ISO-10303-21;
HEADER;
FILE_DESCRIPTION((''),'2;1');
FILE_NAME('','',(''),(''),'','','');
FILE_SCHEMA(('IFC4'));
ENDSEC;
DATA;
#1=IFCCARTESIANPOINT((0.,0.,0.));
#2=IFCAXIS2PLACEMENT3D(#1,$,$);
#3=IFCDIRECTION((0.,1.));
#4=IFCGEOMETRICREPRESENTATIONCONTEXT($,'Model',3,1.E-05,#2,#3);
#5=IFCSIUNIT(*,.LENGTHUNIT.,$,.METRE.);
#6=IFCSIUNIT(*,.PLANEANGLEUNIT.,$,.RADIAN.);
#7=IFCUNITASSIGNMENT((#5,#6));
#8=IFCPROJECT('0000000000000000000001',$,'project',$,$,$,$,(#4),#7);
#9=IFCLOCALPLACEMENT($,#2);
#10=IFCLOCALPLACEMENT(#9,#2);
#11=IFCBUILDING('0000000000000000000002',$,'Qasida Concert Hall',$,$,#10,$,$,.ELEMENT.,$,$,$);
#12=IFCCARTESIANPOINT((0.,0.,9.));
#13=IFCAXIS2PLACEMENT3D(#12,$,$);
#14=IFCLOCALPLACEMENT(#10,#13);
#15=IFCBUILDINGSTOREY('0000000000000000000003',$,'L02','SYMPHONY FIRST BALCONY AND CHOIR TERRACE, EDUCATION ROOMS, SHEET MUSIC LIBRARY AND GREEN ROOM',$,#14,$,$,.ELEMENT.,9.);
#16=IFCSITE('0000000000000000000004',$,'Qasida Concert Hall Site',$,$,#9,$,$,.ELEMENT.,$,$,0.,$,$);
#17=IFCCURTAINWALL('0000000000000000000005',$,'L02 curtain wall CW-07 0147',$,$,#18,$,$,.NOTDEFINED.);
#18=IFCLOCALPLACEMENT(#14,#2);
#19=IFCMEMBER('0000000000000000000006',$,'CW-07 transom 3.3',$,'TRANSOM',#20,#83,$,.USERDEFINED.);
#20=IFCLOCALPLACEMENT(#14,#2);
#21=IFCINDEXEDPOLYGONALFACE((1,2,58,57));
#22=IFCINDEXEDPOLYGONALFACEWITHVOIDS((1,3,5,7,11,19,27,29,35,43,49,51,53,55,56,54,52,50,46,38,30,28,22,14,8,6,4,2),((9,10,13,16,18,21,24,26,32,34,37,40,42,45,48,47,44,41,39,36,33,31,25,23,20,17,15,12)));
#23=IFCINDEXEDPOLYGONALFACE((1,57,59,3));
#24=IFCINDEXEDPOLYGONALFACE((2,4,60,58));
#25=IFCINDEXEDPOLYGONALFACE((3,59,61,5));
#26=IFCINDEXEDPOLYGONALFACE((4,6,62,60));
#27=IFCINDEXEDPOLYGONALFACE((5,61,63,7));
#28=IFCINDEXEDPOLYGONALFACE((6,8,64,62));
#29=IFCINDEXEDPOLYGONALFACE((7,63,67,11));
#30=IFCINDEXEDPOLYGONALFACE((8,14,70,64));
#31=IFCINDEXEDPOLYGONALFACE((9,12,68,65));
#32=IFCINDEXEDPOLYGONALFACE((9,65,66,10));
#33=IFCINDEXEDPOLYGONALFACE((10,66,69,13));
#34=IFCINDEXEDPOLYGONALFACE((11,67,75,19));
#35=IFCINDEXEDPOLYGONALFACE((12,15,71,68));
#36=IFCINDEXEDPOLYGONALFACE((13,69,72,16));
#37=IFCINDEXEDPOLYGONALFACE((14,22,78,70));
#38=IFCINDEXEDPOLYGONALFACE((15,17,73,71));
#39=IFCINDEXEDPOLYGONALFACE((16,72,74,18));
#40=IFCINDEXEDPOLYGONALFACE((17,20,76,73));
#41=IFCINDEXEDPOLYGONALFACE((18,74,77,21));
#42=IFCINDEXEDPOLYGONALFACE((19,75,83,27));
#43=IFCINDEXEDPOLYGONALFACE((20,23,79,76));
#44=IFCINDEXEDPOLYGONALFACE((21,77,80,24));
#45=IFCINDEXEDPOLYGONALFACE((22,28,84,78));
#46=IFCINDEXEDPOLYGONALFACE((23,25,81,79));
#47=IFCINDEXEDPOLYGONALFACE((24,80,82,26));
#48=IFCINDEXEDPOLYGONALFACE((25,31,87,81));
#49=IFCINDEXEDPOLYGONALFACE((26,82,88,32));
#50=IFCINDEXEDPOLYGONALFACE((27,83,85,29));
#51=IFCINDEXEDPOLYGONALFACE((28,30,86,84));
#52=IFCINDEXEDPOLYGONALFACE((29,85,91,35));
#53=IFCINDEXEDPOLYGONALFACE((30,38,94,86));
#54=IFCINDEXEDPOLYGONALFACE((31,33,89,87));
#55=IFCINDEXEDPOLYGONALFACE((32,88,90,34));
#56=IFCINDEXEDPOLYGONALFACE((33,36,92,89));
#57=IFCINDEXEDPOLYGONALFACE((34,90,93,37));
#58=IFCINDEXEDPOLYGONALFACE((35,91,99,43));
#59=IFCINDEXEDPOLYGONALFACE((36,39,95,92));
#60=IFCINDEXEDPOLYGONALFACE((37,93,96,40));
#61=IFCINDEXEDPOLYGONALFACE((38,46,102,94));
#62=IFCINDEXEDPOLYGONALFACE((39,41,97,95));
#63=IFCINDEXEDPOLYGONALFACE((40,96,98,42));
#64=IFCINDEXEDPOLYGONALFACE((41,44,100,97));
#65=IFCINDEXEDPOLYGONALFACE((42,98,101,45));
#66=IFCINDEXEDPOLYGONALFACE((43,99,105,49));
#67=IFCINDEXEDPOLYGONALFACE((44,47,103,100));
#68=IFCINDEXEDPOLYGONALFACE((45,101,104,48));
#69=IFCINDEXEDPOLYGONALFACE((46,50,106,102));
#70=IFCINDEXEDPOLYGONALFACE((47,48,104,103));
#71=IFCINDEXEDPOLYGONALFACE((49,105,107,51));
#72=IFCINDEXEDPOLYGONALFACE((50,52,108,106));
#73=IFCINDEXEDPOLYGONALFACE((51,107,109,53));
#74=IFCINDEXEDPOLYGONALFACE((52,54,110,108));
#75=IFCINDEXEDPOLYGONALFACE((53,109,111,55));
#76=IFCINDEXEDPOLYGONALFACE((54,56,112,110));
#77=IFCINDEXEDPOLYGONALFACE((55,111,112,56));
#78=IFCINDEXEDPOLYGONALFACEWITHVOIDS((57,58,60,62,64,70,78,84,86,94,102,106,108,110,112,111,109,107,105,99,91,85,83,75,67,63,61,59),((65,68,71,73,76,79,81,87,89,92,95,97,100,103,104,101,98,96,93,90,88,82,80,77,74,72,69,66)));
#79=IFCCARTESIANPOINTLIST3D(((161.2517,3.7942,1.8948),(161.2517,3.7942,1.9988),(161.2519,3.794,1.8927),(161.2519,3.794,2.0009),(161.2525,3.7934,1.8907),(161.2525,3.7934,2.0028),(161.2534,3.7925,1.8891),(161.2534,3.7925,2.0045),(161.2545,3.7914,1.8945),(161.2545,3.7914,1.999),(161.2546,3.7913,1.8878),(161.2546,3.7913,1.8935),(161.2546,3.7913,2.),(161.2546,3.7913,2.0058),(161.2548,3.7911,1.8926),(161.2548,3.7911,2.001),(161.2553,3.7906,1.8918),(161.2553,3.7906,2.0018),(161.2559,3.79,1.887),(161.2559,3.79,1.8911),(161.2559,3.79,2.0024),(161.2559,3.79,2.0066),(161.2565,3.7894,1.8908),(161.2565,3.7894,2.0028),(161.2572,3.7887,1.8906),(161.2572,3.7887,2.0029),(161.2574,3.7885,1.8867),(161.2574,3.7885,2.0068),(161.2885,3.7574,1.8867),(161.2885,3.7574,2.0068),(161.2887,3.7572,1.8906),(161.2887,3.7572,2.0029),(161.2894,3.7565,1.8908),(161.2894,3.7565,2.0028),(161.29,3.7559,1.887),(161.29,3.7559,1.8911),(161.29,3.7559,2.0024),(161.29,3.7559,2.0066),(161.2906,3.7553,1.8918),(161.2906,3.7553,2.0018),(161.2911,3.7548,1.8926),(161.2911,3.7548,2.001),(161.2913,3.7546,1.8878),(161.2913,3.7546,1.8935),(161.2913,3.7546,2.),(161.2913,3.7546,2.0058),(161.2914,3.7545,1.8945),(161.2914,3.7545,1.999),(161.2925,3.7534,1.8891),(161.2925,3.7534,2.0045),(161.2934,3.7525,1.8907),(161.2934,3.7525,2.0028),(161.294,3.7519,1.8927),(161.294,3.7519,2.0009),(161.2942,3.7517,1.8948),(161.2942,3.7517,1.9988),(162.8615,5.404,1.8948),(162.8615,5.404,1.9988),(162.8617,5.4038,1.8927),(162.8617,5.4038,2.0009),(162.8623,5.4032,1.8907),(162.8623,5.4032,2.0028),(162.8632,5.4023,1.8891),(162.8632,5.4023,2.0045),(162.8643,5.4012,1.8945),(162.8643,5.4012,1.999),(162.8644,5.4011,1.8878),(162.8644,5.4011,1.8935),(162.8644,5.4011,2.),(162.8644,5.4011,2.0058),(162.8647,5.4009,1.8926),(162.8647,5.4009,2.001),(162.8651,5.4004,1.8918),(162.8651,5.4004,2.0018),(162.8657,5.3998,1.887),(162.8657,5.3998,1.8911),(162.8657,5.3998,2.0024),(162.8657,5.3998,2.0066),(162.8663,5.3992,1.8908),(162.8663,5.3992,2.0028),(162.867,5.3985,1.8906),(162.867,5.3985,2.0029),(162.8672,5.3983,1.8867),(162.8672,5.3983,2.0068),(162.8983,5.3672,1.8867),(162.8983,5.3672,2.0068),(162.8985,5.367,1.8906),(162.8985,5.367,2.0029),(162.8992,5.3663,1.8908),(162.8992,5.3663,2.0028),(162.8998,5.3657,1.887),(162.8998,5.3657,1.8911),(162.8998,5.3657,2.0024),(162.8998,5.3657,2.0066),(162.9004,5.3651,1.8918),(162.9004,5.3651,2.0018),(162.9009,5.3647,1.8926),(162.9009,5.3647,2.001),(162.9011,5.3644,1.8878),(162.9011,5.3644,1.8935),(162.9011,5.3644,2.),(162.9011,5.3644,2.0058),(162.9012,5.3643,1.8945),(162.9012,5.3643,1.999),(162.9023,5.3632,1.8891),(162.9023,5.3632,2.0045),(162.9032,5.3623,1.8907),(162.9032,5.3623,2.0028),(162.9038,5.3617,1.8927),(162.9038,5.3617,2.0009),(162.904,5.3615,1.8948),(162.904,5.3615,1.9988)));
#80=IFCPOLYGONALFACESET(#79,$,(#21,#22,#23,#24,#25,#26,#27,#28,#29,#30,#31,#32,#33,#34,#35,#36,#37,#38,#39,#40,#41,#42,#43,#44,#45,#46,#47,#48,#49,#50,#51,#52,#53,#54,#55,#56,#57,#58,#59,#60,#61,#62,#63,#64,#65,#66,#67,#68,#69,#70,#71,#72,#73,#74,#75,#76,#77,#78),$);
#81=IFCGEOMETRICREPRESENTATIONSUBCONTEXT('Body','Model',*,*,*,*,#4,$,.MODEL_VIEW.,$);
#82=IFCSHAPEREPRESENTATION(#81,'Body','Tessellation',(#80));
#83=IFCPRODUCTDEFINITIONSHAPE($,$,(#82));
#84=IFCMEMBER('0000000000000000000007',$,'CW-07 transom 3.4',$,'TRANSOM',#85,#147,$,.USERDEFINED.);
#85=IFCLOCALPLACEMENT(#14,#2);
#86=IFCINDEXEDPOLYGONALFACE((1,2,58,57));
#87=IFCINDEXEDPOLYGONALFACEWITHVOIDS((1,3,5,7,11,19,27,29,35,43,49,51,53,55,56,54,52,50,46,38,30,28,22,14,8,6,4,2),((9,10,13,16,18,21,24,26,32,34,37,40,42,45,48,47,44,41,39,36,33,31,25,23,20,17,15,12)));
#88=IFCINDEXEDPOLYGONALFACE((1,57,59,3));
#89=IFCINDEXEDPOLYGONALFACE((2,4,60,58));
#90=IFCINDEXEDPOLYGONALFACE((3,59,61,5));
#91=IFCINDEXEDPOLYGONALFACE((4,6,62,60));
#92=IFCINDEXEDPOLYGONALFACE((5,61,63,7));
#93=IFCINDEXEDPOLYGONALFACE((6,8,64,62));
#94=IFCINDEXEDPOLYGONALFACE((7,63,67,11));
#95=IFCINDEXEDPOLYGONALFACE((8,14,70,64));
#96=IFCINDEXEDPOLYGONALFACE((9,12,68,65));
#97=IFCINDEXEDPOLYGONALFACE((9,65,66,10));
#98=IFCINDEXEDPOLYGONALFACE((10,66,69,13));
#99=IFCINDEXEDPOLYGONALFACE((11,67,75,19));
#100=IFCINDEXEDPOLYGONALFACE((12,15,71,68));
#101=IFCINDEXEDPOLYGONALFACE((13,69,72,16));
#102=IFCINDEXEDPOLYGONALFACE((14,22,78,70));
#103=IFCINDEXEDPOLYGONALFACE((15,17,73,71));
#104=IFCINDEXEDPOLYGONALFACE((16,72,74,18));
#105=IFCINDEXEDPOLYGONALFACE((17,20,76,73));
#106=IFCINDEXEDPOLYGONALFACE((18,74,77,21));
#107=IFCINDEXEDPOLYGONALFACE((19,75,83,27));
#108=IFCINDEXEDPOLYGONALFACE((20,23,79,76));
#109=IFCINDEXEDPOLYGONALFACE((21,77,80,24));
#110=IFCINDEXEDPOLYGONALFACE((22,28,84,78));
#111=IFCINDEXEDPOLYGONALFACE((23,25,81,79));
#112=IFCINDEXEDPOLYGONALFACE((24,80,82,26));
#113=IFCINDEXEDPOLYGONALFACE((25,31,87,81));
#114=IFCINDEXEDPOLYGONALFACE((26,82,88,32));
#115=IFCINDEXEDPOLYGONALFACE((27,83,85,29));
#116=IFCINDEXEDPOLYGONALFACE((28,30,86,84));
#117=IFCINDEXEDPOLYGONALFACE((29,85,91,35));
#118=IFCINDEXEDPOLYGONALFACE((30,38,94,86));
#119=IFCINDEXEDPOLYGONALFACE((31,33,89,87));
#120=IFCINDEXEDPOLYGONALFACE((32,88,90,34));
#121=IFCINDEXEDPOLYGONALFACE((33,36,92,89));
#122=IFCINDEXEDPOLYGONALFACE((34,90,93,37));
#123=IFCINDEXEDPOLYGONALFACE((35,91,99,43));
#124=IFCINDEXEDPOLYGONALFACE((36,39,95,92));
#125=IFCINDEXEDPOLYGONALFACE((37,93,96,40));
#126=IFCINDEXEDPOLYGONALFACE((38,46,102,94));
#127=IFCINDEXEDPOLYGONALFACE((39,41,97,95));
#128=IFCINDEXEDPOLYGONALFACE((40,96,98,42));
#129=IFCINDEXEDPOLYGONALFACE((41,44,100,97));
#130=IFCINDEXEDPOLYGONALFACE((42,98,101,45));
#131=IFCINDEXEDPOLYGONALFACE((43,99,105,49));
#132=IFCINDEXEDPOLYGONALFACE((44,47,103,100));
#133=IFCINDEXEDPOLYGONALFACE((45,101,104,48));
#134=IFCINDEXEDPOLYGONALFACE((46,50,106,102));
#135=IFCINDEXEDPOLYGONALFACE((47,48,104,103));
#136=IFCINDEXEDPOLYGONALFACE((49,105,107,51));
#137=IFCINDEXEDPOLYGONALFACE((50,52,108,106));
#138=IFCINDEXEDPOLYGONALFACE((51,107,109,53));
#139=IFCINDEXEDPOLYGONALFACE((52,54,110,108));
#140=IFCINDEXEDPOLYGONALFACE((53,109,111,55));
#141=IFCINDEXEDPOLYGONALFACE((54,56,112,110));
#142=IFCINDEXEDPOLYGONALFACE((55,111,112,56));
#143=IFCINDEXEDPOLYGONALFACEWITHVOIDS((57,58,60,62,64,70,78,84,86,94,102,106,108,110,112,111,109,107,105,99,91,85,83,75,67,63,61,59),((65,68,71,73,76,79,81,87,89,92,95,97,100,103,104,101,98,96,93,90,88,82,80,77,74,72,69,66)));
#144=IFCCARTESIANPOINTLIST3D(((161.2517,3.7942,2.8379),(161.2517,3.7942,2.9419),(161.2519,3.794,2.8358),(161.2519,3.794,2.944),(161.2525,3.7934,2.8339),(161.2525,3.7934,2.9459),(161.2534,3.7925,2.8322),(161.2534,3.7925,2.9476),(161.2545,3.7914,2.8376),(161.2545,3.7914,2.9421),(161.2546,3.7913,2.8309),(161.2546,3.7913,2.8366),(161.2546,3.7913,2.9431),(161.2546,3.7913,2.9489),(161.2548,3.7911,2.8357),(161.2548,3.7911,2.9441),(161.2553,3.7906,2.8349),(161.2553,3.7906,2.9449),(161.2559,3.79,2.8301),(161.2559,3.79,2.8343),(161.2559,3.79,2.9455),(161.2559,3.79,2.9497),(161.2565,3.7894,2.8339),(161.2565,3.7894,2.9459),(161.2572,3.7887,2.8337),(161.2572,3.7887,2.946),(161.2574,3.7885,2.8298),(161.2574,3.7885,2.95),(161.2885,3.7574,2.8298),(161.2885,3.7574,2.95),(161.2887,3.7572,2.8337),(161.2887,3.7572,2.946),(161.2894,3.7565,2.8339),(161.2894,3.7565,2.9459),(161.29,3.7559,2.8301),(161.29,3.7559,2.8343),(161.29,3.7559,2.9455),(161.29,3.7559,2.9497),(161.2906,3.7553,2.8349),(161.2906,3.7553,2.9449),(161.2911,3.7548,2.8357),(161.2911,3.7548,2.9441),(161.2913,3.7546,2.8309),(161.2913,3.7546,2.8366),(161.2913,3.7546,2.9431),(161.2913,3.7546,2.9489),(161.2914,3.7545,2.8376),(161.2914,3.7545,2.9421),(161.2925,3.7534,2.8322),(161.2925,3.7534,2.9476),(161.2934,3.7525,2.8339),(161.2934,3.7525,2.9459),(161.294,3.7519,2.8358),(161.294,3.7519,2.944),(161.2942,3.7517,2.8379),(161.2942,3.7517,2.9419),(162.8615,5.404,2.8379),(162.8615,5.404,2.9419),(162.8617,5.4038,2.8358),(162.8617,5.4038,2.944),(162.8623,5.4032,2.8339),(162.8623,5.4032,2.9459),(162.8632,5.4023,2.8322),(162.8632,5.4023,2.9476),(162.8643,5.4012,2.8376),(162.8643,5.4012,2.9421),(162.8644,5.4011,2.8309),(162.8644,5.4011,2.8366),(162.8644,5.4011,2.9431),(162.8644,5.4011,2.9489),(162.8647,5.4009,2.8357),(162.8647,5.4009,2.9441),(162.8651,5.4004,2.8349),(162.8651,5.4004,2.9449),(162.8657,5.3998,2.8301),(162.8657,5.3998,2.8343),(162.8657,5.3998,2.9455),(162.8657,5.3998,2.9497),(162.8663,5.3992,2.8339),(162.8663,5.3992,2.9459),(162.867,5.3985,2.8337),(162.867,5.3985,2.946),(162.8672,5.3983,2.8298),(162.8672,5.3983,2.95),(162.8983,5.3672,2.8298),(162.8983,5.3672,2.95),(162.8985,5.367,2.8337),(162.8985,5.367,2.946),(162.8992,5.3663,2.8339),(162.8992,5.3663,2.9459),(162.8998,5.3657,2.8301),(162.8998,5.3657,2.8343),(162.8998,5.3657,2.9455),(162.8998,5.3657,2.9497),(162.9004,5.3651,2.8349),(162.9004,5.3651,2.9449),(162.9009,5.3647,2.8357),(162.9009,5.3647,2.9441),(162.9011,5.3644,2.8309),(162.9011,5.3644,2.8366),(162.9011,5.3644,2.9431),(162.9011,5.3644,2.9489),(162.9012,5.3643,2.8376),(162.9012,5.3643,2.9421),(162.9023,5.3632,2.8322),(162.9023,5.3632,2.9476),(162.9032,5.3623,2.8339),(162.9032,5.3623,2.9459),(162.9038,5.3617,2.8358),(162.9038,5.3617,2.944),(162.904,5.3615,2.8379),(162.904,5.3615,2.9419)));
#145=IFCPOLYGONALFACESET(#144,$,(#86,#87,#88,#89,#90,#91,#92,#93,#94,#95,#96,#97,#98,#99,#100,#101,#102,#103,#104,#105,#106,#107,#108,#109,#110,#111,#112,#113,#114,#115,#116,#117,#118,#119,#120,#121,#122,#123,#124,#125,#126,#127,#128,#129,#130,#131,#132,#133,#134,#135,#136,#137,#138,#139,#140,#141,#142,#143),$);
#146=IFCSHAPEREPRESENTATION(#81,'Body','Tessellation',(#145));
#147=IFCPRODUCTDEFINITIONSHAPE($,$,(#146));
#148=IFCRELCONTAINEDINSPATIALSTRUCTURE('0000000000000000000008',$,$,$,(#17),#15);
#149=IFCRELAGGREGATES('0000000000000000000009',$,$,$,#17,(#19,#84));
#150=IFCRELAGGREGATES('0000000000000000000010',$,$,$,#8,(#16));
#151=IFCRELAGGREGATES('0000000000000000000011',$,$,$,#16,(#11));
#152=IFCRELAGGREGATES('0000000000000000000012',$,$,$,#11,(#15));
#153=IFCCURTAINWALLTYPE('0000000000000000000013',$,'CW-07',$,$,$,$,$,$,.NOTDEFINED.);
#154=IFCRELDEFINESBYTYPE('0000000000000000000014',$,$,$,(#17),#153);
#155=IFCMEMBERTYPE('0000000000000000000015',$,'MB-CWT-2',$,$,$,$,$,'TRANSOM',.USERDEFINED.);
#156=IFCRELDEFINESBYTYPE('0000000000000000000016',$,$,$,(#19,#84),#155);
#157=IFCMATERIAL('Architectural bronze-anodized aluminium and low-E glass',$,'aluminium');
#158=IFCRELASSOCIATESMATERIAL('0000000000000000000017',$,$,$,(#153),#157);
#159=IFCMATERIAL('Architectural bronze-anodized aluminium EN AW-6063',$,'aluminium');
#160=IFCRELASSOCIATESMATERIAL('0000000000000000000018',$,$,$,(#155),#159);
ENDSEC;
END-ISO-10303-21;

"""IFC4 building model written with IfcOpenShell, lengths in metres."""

from ifc_helpers import new_model, si_unit, direction, frame, origin, origin_2d, place, context, subcontext, project, spatial, hollow_rectangle, extrude, material, material_profile, profile_set, type_object, element, aggregate, save


model = new_model("IFC4")

# Units and contexts
model_context = context("Model", 3, precision=1e-05, world=origin(), true_north=direction((0.0, 1.0)))
body_context = subcontext(model_context, "Body", "Model", "MODEL_VIEW")
ifc_project = project(units=[si_unit("LENGTHUNIT", "METRE"), si_unit("PLANEANGLEUNIT", "RADIAN")], contexts=[model_context])

# Site, building, storey
site_placement = place(None, origin())
site = spatial("IfcSite", under=ifc_project, at=site_placement, Name="Qasida Concert Hall Site", CompositionType="ELEMENT", RefElevation=0.0)
building_placement = place(site_placement, origin())
building = spatial("IfcBuilding", under=site, at=building_placement, Name="Qasida Concert Hall", CompositionType="ELEMENT")
storey_placement = place(building_placement, frame((0.0, 0.0, 9.0)))
storey = spatial("IfcBuildingStorey", under=building, at=storey_placement, Name="L02", Description="SYMPHONY FIRST BALCONY AND CHOIR TERRACE, EDUCATION ROOMS, SHEET MUSIC LIBRARY AND GREEN ROOM", CompositionType="ELEMENT", Elevation=9.0)

# Curtain wall, members
ifc_material_1 = material(Name="Architectural bronze-anodized aluminium and low-E glass", Category="aluminium")
curtain_wall_type = type_object("IfcCurtainWallType", Name="CW-07", PredefinedType="NOTDEFINED", material=ifc_material_1)
curtain_wall_placement = place(storey_placement, origin())
curtain_wall = element("IfcCurtainWall", 1, at=curtain_wall_placement, inside=storey, type_object=curtain_wall_type, Name="L02 curtain wall CW-07 0147", PredefinedType="NOTDEFINED")
ifc_material_2 = material(Name="Architectural bronze-anodized aluminium EN AW-6063", Category="aluminium")
ifc_material_profile_1 = material_profile(ifc_material_2, hollow_rectangle(XDim=0.0601, YDim=0.1201, WallThickness=0.0039, InnerFilletRadius=0.0039, OuterFilletRadius=0.0081, at=origin_2d()), Name="CWT 120x60x4")
ifc_profile_set_1 = profile_set([ifc_material_profile_1], Name="Architectural bronze-anodized aluminium EN AW-6063")
member_type_1 = type_object("IfcMemberType", Name="MB-CWT-2", ElementType="TRANSOM", PredefinedType="USERDEFINED", material=ifc_profile_set_1)
member_1_placement = place(storey_placement, frame((161.2729, 3.7729, 1.9468), z_axis=(0.707107, 0.707107, 0.0), x_axis=(-0.707107, 0.707107, 0.0)))
member_1 = element("IfcMember", 2, at=member_1_placement, type_object=member_type_1, Name="CW-07 transom 3.3", ObjectType="TRANSOM", PredefinedType="USERDEFINED", context=body_context, shape_type="SweptSolid", body=[
    extrude(hollow_rectangle(XDim=0.0601, YDim=0.1201, WallThickness=0.0039, InnerFilletRadius=0.0039, OuterFilletRadius=0.0081, at=origin_2d()), origin(), (0.0, 0.0, 1.0), 2.2766),
])
member_2_placement = place(storey_placement, frame((161.2729, 3.7729, 2.8899), z_axis=(0.707107, 0.707107, 0.0), x_axis=(-0.707107, 0.707107, 0.0)))
member_2 = element("IfcMember", 3, at=member_2_placement, type_object=member_type_1, Name="CW-07 transom 3.4", ObjectType="TRANSOM", PredefinedType="USERDEFINED", context=body_context, shape_type="SweptSolid", body=[
    extrude(hollow_rectangle(XDim=0.0601, YDim=0.1201, WallThickness=0.0039, InnerFilletRadius=0.0039, OuterFilletRadius=0.0081, at=origin_2d()), origin(), (0.0, 0.0, 1.0), 2.2766),
])
aggregate(curtain_wall, [member_1, member_2])

save(model, "model.ifc")
